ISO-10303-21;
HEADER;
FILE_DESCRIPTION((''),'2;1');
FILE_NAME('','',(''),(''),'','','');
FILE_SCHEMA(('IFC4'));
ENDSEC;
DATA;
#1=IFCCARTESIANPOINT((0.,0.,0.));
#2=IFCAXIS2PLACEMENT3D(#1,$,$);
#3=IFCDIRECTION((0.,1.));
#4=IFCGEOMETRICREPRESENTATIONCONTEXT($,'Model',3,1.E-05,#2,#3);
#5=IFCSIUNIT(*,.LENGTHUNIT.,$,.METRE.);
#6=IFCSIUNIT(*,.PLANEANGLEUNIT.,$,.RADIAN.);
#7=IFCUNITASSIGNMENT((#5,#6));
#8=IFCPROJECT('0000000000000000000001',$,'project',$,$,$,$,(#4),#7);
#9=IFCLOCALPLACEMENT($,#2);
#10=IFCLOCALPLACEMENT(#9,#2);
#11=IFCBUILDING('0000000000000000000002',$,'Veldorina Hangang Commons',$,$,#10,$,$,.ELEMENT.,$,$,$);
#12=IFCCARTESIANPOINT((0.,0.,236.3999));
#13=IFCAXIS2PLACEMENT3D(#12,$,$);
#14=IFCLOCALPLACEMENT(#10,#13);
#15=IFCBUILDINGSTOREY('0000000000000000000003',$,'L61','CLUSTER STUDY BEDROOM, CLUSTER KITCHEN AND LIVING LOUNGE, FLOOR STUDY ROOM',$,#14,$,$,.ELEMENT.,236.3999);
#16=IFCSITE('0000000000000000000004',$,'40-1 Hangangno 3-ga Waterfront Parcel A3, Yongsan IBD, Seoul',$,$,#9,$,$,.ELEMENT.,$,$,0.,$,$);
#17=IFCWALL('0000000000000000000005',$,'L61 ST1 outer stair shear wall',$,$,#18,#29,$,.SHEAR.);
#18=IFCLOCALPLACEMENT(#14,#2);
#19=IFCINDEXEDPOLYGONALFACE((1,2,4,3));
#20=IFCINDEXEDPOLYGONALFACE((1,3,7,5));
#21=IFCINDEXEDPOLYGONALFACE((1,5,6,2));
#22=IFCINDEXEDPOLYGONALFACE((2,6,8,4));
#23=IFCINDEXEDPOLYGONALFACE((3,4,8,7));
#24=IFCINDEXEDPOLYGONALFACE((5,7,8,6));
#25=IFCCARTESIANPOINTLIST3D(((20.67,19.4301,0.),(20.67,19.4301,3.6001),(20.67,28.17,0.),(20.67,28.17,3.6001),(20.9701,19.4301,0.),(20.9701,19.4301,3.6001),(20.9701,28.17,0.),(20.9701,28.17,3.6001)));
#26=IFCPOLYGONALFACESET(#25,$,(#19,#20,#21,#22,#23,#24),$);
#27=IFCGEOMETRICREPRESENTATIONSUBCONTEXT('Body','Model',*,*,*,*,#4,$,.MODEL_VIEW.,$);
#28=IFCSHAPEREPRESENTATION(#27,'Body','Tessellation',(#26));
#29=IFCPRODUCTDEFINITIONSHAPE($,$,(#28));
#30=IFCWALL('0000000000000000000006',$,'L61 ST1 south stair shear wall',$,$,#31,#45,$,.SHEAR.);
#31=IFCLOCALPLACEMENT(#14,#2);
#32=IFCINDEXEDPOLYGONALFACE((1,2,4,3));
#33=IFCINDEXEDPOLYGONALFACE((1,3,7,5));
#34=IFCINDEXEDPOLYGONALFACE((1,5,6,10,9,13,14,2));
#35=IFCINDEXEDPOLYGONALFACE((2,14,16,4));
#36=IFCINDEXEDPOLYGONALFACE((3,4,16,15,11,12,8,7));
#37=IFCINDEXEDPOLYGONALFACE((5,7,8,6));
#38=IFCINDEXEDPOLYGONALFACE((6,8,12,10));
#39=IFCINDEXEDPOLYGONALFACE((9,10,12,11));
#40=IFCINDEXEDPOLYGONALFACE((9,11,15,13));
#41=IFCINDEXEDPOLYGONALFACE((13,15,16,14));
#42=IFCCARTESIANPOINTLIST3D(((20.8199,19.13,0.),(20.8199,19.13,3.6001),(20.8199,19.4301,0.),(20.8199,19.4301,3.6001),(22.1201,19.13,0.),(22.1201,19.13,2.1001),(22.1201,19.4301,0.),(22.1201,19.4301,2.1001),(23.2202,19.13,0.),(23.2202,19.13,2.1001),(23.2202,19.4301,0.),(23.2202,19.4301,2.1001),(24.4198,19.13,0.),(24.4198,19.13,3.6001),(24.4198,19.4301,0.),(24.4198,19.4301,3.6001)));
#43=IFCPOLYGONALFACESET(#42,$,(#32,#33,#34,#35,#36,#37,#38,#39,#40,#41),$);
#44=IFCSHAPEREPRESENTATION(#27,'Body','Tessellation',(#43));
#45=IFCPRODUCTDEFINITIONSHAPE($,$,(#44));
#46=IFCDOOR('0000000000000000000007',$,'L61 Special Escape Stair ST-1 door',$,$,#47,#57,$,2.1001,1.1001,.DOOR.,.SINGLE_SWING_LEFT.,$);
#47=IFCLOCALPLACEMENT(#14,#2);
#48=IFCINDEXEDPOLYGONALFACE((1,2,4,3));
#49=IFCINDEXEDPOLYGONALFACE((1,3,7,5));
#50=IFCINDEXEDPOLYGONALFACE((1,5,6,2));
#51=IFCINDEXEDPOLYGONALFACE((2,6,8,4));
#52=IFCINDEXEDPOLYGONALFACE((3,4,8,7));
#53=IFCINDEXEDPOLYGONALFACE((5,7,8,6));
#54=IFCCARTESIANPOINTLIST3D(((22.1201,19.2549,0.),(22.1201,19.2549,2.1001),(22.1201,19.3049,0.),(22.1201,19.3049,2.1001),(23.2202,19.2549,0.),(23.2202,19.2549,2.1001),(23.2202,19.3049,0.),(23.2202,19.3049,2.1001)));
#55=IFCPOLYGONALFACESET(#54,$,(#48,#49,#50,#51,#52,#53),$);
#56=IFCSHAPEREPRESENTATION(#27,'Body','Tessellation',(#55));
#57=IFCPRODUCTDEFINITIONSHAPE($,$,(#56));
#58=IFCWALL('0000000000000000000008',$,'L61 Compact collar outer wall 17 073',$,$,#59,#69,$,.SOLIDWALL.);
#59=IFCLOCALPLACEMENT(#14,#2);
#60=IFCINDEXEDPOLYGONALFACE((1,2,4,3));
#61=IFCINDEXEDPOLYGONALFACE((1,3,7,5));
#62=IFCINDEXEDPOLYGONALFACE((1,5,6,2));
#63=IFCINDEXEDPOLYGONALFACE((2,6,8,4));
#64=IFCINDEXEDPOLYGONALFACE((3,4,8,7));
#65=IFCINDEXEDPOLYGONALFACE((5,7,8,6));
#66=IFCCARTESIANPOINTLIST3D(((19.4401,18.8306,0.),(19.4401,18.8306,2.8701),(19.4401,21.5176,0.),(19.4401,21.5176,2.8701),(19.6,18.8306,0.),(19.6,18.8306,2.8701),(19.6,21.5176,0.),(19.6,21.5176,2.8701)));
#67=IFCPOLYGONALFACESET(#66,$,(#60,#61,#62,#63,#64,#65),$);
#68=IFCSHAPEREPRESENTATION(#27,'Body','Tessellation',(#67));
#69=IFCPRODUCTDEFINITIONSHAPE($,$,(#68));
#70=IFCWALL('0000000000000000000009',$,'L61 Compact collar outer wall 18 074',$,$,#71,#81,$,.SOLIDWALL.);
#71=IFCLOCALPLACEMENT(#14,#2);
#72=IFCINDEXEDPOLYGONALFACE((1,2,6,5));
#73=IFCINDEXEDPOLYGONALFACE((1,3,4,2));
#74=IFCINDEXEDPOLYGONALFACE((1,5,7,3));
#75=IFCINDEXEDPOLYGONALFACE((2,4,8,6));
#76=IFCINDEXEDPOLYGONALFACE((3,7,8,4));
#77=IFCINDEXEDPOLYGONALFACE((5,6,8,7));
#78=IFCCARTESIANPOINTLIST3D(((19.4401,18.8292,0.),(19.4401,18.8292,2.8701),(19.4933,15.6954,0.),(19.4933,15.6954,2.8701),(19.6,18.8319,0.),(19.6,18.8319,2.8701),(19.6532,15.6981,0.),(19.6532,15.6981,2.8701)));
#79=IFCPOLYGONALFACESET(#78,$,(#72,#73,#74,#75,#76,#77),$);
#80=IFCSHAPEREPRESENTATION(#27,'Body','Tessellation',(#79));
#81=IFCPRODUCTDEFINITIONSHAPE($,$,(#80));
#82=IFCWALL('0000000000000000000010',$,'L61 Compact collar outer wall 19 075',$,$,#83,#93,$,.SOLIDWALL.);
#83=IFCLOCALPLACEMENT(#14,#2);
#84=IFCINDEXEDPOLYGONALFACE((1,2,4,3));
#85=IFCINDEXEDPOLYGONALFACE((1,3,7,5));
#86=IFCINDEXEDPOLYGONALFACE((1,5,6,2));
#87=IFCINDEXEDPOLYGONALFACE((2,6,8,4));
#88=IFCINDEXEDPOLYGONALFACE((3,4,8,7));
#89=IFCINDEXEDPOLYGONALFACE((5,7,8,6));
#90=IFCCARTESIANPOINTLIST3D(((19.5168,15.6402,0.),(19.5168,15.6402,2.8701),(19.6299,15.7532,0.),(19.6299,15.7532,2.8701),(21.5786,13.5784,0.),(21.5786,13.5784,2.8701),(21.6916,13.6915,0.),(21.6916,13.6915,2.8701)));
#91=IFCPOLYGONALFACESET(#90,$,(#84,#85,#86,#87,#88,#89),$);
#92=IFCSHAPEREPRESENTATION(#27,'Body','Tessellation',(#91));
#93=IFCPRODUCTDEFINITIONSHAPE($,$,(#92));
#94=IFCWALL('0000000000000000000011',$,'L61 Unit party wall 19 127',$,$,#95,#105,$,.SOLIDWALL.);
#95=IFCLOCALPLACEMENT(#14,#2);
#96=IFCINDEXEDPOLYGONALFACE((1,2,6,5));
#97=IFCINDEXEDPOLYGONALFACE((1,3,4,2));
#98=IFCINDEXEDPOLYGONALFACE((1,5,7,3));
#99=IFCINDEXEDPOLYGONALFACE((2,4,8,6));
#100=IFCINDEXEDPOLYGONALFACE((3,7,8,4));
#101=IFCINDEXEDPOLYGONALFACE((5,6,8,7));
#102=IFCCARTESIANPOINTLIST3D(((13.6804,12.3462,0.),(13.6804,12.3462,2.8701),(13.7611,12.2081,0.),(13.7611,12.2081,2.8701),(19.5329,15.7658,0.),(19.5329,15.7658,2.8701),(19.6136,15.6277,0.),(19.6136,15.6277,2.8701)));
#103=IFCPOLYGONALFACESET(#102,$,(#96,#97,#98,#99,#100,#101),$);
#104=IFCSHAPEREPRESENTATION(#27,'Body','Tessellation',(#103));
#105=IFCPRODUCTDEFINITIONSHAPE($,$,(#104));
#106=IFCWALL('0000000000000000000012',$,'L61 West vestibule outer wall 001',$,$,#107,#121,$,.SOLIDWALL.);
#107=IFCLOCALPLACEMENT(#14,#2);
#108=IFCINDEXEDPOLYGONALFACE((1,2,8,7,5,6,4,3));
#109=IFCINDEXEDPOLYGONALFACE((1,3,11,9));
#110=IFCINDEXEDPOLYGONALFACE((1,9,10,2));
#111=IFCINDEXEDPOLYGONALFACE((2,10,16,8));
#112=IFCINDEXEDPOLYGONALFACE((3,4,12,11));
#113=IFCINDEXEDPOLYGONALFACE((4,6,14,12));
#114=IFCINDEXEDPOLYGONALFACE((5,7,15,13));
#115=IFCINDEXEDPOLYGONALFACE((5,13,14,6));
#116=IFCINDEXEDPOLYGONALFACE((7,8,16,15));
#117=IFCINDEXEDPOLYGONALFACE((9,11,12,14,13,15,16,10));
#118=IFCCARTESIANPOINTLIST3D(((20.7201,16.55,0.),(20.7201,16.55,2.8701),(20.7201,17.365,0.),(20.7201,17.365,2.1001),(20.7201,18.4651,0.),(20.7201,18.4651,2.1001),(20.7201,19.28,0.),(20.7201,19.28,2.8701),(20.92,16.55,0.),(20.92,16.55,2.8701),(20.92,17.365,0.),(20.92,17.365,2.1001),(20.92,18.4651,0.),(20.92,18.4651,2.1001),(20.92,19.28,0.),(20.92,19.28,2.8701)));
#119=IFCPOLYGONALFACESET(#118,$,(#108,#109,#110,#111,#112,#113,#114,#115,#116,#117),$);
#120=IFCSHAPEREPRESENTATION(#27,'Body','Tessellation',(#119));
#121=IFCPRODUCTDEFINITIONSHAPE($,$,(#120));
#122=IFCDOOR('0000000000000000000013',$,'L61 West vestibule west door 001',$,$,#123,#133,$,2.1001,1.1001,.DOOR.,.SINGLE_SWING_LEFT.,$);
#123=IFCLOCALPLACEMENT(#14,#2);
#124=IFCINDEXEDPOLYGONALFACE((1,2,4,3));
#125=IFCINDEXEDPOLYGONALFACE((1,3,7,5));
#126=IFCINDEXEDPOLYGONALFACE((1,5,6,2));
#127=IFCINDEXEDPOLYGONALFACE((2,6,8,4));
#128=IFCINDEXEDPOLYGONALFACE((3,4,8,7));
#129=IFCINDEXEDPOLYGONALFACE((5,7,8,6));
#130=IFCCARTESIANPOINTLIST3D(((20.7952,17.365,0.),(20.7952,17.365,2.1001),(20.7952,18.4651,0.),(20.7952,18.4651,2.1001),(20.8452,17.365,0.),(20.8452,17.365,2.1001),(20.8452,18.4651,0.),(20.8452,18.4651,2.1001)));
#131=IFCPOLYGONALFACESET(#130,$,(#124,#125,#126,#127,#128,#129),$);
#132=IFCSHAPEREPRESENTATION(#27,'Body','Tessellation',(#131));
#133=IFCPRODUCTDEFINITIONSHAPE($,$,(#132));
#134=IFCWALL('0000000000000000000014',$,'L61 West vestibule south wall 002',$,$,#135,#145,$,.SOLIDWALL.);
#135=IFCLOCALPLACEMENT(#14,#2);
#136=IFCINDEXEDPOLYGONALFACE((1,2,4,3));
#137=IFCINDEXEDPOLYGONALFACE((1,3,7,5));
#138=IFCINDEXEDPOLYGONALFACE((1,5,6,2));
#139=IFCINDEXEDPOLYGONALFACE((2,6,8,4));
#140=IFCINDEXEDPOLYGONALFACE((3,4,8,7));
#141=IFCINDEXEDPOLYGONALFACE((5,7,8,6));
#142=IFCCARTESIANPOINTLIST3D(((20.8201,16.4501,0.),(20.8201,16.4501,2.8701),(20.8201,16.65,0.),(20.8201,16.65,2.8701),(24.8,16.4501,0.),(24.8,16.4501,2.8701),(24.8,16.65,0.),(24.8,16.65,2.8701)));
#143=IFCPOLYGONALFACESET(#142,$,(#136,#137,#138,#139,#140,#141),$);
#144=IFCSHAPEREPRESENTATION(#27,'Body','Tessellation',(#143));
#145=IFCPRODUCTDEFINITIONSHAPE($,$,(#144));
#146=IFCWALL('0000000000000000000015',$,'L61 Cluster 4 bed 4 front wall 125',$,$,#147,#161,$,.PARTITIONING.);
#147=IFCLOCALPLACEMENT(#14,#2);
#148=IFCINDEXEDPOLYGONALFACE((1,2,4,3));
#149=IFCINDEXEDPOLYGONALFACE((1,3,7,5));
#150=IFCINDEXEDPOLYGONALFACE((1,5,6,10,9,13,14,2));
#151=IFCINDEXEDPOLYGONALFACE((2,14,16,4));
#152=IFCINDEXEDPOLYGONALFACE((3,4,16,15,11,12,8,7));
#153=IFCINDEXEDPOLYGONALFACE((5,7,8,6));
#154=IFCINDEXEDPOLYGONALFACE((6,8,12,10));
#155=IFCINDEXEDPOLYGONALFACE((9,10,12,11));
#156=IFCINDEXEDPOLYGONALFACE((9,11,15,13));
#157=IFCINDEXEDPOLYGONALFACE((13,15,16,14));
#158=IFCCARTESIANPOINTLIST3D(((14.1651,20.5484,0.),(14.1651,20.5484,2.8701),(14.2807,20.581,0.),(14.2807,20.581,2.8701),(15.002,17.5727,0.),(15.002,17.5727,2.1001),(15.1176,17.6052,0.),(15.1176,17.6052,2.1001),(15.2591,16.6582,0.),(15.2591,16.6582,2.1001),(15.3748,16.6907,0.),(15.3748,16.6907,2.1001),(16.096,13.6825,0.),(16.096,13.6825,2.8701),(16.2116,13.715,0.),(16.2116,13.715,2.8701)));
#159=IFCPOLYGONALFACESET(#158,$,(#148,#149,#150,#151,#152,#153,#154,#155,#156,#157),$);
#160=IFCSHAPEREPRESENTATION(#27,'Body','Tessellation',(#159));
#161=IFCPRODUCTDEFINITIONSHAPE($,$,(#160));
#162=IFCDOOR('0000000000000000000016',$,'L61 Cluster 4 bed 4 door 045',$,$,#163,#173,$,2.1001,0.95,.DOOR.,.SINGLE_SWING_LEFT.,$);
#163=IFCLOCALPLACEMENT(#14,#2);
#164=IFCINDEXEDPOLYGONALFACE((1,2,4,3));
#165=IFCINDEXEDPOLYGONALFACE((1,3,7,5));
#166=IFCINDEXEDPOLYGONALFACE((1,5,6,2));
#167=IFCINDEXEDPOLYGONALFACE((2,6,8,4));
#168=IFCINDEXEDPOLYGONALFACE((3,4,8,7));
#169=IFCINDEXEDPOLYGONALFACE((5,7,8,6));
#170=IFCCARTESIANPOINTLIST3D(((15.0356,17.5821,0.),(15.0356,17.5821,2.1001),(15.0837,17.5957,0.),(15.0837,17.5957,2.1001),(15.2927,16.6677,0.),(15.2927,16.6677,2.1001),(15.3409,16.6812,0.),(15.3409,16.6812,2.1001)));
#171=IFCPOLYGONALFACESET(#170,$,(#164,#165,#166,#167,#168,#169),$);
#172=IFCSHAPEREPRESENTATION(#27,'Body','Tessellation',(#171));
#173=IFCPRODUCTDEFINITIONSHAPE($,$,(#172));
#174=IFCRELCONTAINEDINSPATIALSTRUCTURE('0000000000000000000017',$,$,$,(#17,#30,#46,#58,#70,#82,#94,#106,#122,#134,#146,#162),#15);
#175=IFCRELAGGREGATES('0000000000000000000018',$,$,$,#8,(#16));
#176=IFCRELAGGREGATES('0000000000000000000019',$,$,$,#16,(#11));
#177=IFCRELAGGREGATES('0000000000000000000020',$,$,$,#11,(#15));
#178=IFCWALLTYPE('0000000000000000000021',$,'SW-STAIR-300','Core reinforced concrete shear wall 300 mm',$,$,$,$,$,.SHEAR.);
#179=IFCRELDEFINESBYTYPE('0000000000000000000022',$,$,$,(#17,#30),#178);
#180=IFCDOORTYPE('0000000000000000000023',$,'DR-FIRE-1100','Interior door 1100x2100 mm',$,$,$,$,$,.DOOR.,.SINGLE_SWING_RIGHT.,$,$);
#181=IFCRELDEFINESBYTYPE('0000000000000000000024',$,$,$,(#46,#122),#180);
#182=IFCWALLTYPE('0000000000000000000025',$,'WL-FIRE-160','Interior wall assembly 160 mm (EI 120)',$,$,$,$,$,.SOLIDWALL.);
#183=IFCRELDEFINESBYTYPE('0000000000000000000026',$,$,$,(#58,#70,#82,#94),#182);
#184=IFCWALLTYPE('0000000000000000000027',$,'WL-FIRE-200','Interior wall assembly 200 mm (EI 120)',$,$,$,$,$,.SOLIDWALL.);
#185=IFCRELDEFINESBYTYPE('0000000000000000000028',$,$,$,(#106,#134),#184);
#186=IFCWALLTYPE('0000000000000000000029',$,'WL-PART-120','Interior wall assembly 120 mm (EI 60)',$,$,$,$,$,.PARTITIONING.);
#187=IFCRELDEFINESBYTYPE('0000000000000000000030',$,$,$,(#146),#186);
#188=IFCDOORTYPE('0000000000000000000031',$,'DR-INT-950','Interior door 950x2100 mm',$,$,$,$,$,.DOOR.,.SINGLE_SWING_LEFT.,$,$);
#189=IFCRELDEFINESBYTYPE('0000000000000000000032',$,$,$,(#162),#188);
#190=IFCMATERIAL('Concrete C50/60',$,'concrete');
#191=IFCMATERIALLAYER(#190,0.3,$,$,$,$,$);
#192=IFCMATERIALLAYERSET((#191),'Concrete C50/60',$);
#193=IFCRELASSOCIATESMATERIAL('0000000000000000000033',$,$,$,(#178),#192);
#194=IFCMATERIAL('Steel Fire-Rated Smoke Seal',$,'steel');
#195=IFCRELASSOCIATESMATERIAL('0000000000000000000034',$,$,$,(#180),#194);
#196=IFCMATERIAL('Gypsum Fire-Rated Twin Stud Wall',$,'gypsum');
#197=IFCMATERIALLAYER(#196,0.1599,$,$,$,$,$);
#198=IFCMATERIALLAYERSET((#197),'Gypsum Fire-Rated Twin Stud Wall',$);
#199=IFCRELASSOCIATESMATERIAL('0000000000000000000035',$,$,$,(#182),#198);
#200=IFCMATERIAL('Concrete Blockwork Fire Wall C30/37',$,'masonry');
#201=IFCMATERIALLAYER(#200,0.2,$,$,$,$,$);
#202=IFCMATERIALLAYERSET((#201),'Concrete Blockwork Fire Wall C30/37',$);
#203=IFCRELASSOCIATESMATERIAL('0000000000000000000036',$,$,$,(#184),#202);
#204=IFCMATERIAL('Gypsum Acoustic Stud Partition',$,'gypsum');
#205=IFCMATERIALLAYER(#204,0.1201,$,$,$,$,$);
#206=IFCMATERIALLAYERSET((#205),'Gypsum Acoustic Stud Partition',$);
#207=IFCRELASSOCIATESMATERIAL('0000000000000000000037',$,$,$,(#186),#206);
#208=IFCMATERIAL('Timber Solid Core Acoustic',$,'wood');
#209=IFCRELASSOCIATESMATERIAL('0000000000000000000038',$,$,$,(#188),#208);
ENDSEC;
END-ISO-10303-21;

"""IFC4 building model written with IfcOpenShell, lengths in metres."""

from ifc_helpers import new_model, si_unit, direction, frame, frame_2d, origin, place, context, subcontext, project, spatial, rectangle, extrude, material, layer, layer_set, type_object, element, fill, save


model = new_model("IFC4")

# Units and contexts
model_context = context("Model", 3, precision=1e-05, world=origin(), true_north=direction((0.0, 1.0)))
body_context = subcontext(model_context, "Body", "Model", "MODEL_VIEW")
ifc_project = project(units=[si_unit("LENGTHUNIT", "METRE"), si_unit("PLANEANGLEUNIT", "RADIAN")], contexts=[model_context])

# Site, building, storey
site_placement = place(None, origin())
site = spatial("IfcSite", under=ifc_project, at=site_placement, Name="40-1 Hangangno 3-ga Waterfront Parcel A3, Yongsan IBD, Seoul", CompositionType="ELEMENT", RefElevation=0.0)
building_placement = place(site_placement, origin())
building = spatial("IfcBuilding", under=site, at=building_placement, Name="Veldorina Hangang Commons", CompositionType="ELEMENT")
storey_placement = place(building_placement, frame((0.0, 0.0, 236.3999)))
storey = spatial("IfcBuildingStorey", under=building, at=storey_placement, Name="L61", Description="CLUSTER STUDY BEDROOM, CLUSTER KITCHEN AND LIVING LOUNGE, FLOOR STUDY ROOM", CompositionType="ELEMENT", Elevation=236.3999)

# Wall
ifc_material_1 = material(Name="Concrete C50/60", Category="concrete")
ifc_layer_1 = layer(ifc_material_1, 0.3)
ifc_layer_set_1 = layer_set([ifc_layer_1], Name="Concrete C50/60")
wall_type_1 = type_object("IfcWallType", Name="SW-STAIR-300", Description="Core reinforced concrete shear wall 300 mm", PredefinedType="SHEAR", material=ifc_layer_set_1)
wall_1_placement = place(storey_placement, frame((20.8201, 19.4299, 0.0), z_axis=(0.0, 0.0, 1.0), x_axis=(0.0, 1.0, 0.0)))
element("IfcWall", 1, at=wall_1_placement, inside=storey, type_object=wall_type_1, Name="L61 ST1 outer stair shear wall", PredefinedType="SHEAR", context=body_context, shape_type="SweptSolid", body=[
    extrude(rectangle(XDim=8.74, YDim=0.3, at=frame_2d((4.3701, 0.0))), origin(), (0.0, 0.0, 1.0), 3.6001),
])

# Wall, opening, door
wall_2_placement = place(storey_placement, frame((20.8201, 19.28, 0.0), z_axis=(0.0, 0.0, 1.0), x_axis=(1.0, 0.0, 0.0)))
wall_2 = element("IfcWall", 2, at=wall_2_placement, inside=storey, type_object=wall_type_1, Name="L61 ST1 south stair shear wall", PredefinedType="SHEAR", context=body_context, shape_type="SweptSolid", body=[
    extrude(rectangle(XDim=3.5999, YDim=0.3, at=frame_2d((1.7998, 0.0))), origin(), (0.0, 0.0, 1.0), 3.6001),
])
opening_1_placement = place(wall_2_placement, frame((1.3, 0.0, 0.0)))
opening_1 = element("IfcOpeningElement", 3, at=opening_1_placement, cuts=wall_2, PredefinedType="OPENING", context=body_context, shape_type="SweptSolid", body=[
    extrude(rectangle(XDim=1.1001, YDim=2.1001, at=frame_2d((0.55, 1.05))), frame((0.0, 0.1602, 0.0), z_axis=(0.0, -1.0, 0.0), x_axis=(1.0, 0.0, 0.0)), (0.0, 0.0, 1.0), 0.3201),
])
ifc_material_2 = material(Name="Steel Fire-Rated Smoke Seal", Category="steel")
door_type_1 = type_object("IfcDoorType", Name="DR-FIRE-1100", Description="Interior door 1100x2100 mm", OperationType="SINGLE_SWING_RIGHT", PredefinedType="DOOR", material=ifc_material_2)
door_1_placement = place(opening_1_placement, origin())
door_1 = element("IfcDoor", 4, at=door_1_placement, inside=storey, type_object=door_type_1, Name="L61 Special Escape Stair ST-1 door", OperationType="SINGLE_SWING_LEFT", OverallHeight=2.1001, OverallWidth=1.1001, PredefinedType="DOOR", context=body_context, shape_type="SweptSolid", body=[
    extrude(rectangle(XDim=1.1001, YDim=2.1001, at=frame_2d((0.55, 1.05))), frame((0.0, 0.0249, 0.0), z_axis=(0.0, -1.0, 0.0), x_axis=(1.0, 0.0, 0.0)), (0.0, 0.0, 1.0), 0.05),
])
fill(opening_1, door_1)

# Walls
ifc_material_3 = material(Name="Gypsum Fire-Rated Twin Stud Wall", Category="gypsum")
ifc_layer_2 = layer(ifc_material_3, 0.1599)
ifc_layer_set_2 = layer_set([ifc_layer_2], Name="Gypsum Fire-Rated Twin Stud Wall")
wall_type_2 = type_object("IfcWallType", Name="WL-FIRE-160", Description="Interior wall assembly 160 mm (EI 120)", PredefinedType="SOLIDWALL", material=ifc_layer_set_2)
wall_3_placement = place(storey_placement, frame((19.52, 21.5176, 0.0), z_axis=(0.0, 0.0, 1.0), x_axis=(0.0, -1.0, 0.0)))
element("IfcWall", 5, at=wall_3_placement, inside=storey, type_object=wall_type_2, Name="L61 Compact collar outer wall 17 073", PredefinedType="SOLIDWALL", context=body_context, shape_type="SweptSolid", body=[
    extrude(rectangle(XDim=2.687, YDim=0.1599, at=frame_2d((1.3435, 0.0))), origin(), (0.0, 0.0, 1.0), 2.8701),
])
wall_4_placement = place(storey_placement, frame((19.52, 18.8306, 0.0), z_axis=(0.0, 0.0, 1.0), x_axis=(0.016981, -0.999856, 0.0)))
element("IfcWall", 6, at=wall_4_placement, inside=storey, type_object=wall_type_2, Name="L61 Compact collar outer wall 18 074", PredefinedType="SOLIDWALL", context=body_context, shape_type="SweptSolid", body=[
    extrude(rectangle(XDim=3.1343, YDim=0.1599, at=frame_2d((1.5671, 0.0))), origin(), (0.0, 0.0, 1.0), 2.8701),
])
wall_5_placement = place(storey_placement, frame((19.5732, 15.6968, 0.0), z_axis=(0.0, 0.0, 1.0), x_axis=(0.707107, -0.707107, 0.0)))
element("IfcWall", 7, at=wall_5_placement, inside=storey, type_object=wall_type_2, Name="L61 Compact collar outer wall 19 075", PredefinedType="SOLIDWALL", context=body_context, shape_type="SweptSolid", body=[
    extrude(rectangle(XDim=2.9158, YDim=0.1599, at=frame_2d((1.458, 0.0))), origin(), (0.0, 0.0, 1.0), 2.8701),
])
wall_6_placement = place(storey_placement, frame((19.5732, 15.6968, 0.0), z_axis=(0.0, 0.0, 1.0), x_axis=(-0.863413, -0.504498, 0.0)))
element("IfcWall", 8, at=wall_6_placement, inside=storey, type_object=wall_type_2, Name="L61 Unit party wall 19 127", PredefinedType="SOLIDWALL", context=body_context, shape_type="SweptSolid", body=[
    extrude(rectangle(XDim=6.7783, YDim=0.1599, at=frame_2d((3.3892, 0.0))), origin(), (0.0, 0.0, 1.0), 2.8701),
])

# Wall, opening, door
ifc_material_4 = material(Name="Concrete Blockwork Fire Wall C30/37", Category="masonry")
ifc_layer_3 = layer(ifc_material_4, 0.2)
ifc_layer_set_3 = layer_set([ifc_layer_3], Name="Concrete Blockwork Fire Wall C30/37")
wall_type_3 = type_object("IfcWallType", Name="WL-FIRE-200", Description="Interior wall assembly 200 mm (EI 120)", PredefinedType="SOLIDWALL", material=ifc_layer_set_3)
wall_7_placement = place(storey_placement, frame((20.8201, 16.55, 0.0), z_axis=(0.0, 0.0, 1.0), x_axis=(0.0, 1.0, 0.0)))
wall_7 = element("IfcWall", 9, at=wall_7_placement, inside=storey, type_object=wall_type_3, Name="L61 West vestibule outer wall 001", PredefinedType="SOLIDWALL", context=body_context, shape_type="SweptSolid", body=[
    extrude(rectangle(XDim=2.73, YDim=0.2, at=frame_2d((1.365, 0.0))), origin(), (0.0, 0.0, 1.0), 2.8701),
])
opening_2_placement = place(wall_7_placement, frame((0.8149, 0.0, 0.0)))
opening_2 = element("IfcOpeningElement", 10, at=opening_2_placement, cuts=wall_7, PredefinedType="OPENING", context=body_context, shape_type="SweptSolid", body=[
    extrude(rectangle(XDim=1.1001, YDim=2.1001, at=frame_2d((0.55, 1.05))), frame((0.0, 0.1099, 0.0), z_axis=(0.0, -1.0, 0.0), x_axis=(1.0, 0.0, 0.0)), (0.0, 0.0, 1.0), 0.22),
])
door_2_placement = place(opening_2_placement, origin())
door_2 = element("IfcDoor", 11, at=door_2_placement, inside=storey, type_object=door_type_1, Name="L61 West vestibule west door 001", OperationType="SINGLE_SWING_LEFT", OverallHeight=2.1001, OverallWidth=1.1001, PredefinedType="DOOR", context=body_context, shape_type="SweptSolid", body=[
    extrude(rectangle(XDim=1.1001, YDim=2.1001, at=frame_2d((0.55, 1.05))), frame((0.0, 0.0249, 0.0), z_axis=(0.0, -1.0, 0.0), x_axis=(1.0, 0.0, 0.0)), (0.0, 0.0, 1.0), 0.05),
])
fill(opening_2, door_2)

# Wall
wall_8_placement = place(storey_placement, frame((20.8201, 16.55, 0.0), z_axis=(0.0, 0.0, 1.0), x_axis=(1.0, 0.0, 0.0)))
element("IfcWall", 12, at=wall_8_placement, inside=storey, type_object=wall_type_3, Name="L61 West vestibule south wall 002", PredefinedType="SOLIDWALL", context=body_context, shape_type="SweptSolid", body=[
    extrude(rectangle(XDim=3.98, YDim=0.2, at=frame_2d((1.99, 0.0))), origin(), (0.0, 0.0, 1.0), 2.8701),
])

# Wall, opening, door
ifc_material_5 = material(Name="Gypsum Acoustic Stud Partition", Category="gypsum")
ifc_layer_4 = layer(ifc_material_5, 0.1201)
ifc_layer_set_4 = layer_set([ifc_layer_4], Name="Gypsum Acoustic Stud Partition")
wall_type_4 = type_object("IfcWallType", Name="WL-PART-120", Description="Interior wall assembly 120 mm (EI 60)", PredefinedType="PARTITIONING", material=ifc_layer_set_4)
wall_9_placement = place(storey_placement, frame((14.2229, 20.5647, 0.0), z_axis=(0.0, 0.0, 1.0), x_axis=(0.270727, -0.962656, 0.0)))
wall_9 = element("IfcWall", 13, at=wall_9_placement, inside=storey, type_object=wall_type_4, Name="L61 Cluster 4 bed 4 front wall 125", PredefinedType="PARTITIONING", context=body_context, shape_type="SweptSolid", body=[
    extrude(rectangle(XDim=7.1323, YDim=0.1201, at=frame_2d((3.5662, 0.0))), origin(), (0.0, 0.0, 1.0), 2.8701),
])
opening_3_placement = place(wall_9_placement, frame((3.0911, 0.0, 0.0)))
opening_3 = element("IfcOpeningElement", 14, at=opening_3_placement, cuts=wall_9, PredefinedType="OPENING", context=body_context, shape_type="SweptSolid", body=[
    extrude(rectangle(XDim=0.95, YDim=2.1001, at=frame_2d((0.4751, 1.05))), frame((0.0, 0.0701, 0.0), z_axis=(0.0, -1.0, 0.0), x_axis=(1.0, 0.0, 0.0)), (0.0, 0.0, 1.0), 0.1401),
])
ifc_material_6 = material(Name="Timber Solid Core Acoustic", Category="wood")
door_type_2 = type_object("IfcDoorType", Name="DR-INT-950", Description="Interior door 950x2100 mm", OperationType="SINGLE_SWING_LEFT", PredefinedType="DOOR", material=ifc_material_6)
door_3_placement = place(opening_3_placement, origin())
door_3 = element("IfcDoor", 15, at=door_3_placement, inside=storey, type_object=door_type_2, Name="L61 Cluster 4 bed 4 door 045", OperationType="SINGLE_SWING_LEFT", OverallHeight=2.1001, OverallWidth=0.95, PredefinedType="DOOR", context=body_context, shape_type="SweptSolid", body=[
    extrude(rectangle(XDim=0.95, YDim=2.1001, at=frame_2d((0.4751, 1.05))), frame((0.0, 0.0249, 0.0), z_axis=(0.0, -1.0, 0.0), x_axis=(1.0, 0.0, 0.0)), (0.0, 0.0, 1.0), 0.05),
])
fill(opening_3, door_3)

save(model, "model.ifc")
